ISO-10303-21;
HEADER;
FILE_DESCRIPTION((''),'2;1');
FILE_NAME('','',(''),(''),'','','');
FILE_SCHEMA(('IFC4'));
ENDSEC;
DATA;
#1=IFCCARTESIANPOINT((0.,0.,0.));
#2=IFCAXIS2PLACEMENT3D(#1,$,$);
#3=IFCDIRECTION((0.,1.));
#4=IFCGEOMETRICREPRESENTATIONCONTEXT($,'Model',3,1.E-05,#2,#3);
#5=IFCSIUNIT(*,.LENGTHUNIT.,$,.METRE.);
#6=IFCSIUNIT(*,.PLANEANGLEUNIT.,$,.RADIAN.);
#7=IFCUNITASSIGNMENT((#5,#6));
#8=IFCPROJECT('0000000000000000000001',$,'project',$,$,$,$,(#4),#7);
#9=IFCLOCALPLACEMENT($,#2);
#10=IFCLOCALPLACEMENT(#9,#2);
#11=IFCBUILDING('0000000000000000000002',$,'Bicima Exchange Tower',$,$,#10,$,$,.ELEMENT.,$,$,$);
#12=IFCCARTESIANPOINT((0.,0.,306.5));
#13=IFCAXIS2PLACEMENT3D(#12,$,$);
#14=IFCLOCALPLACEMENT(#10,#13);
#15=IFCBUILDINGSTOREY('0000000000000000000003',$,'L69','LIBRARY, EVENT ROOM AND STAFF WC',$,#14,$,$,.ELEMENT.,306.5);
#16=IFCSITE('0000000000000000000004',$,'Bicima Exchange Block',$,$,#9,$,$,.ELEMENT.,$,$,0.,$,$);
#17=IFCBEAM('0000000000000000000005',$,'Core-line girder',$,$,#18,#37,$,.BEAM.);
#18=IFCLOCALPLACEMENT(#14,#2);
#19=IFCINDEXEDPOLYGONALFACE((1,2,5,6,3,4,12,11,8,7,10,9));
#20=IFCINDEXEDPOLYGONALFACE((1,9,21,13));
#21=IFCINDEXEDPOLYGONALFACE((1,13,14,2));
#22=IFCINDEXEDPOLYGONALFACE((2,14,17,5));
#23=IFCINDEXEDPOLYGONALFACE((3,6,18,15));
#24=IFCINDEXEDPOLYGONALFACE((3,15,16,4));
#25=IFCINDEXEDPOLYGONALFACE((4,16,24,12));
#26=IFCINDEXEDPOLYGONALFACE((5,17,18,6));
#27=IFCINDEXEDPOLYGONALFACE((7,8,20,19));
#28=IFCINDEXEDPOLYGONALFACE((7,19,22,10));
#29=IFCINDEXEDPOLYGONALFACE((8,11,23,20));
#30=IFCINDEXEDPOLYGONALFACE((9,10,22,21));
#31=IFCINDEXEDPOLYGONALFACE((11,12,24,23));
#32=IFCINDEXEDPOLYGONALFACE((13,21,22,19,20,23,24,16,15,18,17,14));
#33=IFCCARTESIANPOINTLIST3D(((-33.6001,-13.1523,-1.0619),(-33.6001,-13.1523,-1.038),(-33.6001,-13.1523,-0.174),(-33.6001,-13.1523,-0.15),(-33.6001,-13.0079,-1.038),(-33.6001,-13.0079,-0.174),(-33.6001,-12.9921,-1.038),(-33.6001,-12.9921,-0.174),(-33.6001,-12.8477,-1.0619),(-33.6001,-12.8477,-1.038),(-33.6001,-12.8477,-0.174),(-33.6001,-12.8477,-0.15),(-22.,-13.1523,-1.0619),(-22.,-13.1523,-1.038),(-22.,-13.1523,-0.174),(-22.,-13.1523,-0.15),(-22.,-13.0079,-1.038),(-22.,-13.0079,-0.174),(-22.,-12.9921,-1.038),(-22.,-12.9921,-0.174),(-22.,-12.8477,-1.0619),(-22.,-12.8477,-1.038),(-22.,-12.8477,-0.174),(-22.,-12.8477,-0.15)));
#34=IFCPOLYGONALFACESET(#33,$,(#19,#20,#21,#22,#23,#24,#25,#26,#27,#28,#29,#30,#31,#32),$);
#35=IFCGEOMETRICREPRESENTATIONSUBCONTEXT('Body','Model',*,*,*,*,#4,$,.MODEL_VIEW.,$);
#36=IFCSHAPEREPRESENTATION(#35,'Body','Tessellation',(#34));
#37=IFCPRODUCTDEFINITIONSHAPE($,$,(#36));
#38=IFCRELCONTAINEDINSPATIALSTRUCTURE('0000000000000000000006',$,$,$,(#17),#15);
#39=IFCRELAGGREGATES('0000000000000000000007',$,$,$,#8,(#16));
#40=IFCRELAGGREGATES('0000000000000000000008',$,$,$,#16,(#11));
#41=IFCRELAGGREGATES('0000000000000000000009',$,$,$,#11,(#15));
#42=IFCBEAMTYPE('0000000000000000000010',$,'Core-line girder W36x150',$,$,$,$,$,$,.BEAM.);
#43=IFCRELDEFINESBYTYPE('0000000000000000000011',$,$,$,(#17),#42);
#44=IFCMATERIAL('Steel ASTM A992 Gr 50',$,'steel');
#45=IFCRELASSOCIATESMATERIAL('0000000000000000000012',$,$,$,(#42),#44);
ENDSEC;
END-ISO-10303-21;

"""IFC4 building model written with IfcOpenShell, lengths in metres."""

from ifc_helpers import new_model, si_unit, direction, frame, origin, origin_2d, place, context, subcontext, project, spatial, i_section, extrude, material, material_profile, profile_set, type_object, element, save


model = new_model("IFC4")

# Units and contexts
model_context = context("Model", 3, precision=1e-05, world=origin(), true_north=direction((0.0, 1.0)))
body_context = subcontext(model_context, "Body", "Model", "MODEL_VIEW")
ifc_project = project(units=[si_unit("LENGTHUNIT", "METRE"), si_unit("PLANEANGLEUNIT", "RADIAN")], contexts=[model_context])

# Site, building, storey
site_placement = place(None, origin())
site = spatial("IfcSite", under=ifc_project, at=site_placement, Name="Bicima Exchange Block", CompositionType="ELEMENT", RefElevation=0.0)
building_placement = place(site_placement, origin())
building = spatial("IfcBuilding", under=site, at=building_placement, Name="Bicima Exchange Tower", CompositionType="ELEMENT")
storey_placement = place(building_placement, frame((0.0, 0.0, 306.5)))
storey = spatial("IfcBuildingStorey", under=building, at=storey_placement, Name="L69", Description="LIBRARY, EVENT ROOM AND STAFF WC", CompositionType="ELEMENT", Elevation=306.5)

# Beam
ifc_material_1 = material(Name="Steel ASTM A992 Gr 50", Category="steel")
ifc_material_profile = material_profile(ifc_material_1, i_section(OverallWidth=0.3047, OverallDepth=0.9119, WebThickness=0.0159, FlangeThickness=0.0239, at=origin_2d()))
ifc_profile_set = profile_set([ifc_material_profile], Name="Steel ASTM A992 Gr 50")
beam_type = type_object("IfcBeamType", Name="Core-line girder W36x150", PredefinedType="BEAM", material=ifc_profile_set)
beam_placement = place(storey_placement, frame((-22.0, -13.0, -0.606), z_axis=(-1.0, 0.0, 0.0), x_axis=(0.0, -1.0, 0.0)))
element("IfcBeam", 1, at=beam_placement, inside=storey, type_object=beam_type, Name="Core-line girder", PredefinedType="BEAM", context=body_context, shape_type="SweptSolid", body=[
    extrude(i_section(OverallWidth=0.3047, OverallDepth=0.9119, WebThickness=0.0159, FlangeThickness=0.0239, at=origin_2d()), origin(), (0.0, 0.0, 1.0), 11.6001),
])

save(model, "model.ifc")
